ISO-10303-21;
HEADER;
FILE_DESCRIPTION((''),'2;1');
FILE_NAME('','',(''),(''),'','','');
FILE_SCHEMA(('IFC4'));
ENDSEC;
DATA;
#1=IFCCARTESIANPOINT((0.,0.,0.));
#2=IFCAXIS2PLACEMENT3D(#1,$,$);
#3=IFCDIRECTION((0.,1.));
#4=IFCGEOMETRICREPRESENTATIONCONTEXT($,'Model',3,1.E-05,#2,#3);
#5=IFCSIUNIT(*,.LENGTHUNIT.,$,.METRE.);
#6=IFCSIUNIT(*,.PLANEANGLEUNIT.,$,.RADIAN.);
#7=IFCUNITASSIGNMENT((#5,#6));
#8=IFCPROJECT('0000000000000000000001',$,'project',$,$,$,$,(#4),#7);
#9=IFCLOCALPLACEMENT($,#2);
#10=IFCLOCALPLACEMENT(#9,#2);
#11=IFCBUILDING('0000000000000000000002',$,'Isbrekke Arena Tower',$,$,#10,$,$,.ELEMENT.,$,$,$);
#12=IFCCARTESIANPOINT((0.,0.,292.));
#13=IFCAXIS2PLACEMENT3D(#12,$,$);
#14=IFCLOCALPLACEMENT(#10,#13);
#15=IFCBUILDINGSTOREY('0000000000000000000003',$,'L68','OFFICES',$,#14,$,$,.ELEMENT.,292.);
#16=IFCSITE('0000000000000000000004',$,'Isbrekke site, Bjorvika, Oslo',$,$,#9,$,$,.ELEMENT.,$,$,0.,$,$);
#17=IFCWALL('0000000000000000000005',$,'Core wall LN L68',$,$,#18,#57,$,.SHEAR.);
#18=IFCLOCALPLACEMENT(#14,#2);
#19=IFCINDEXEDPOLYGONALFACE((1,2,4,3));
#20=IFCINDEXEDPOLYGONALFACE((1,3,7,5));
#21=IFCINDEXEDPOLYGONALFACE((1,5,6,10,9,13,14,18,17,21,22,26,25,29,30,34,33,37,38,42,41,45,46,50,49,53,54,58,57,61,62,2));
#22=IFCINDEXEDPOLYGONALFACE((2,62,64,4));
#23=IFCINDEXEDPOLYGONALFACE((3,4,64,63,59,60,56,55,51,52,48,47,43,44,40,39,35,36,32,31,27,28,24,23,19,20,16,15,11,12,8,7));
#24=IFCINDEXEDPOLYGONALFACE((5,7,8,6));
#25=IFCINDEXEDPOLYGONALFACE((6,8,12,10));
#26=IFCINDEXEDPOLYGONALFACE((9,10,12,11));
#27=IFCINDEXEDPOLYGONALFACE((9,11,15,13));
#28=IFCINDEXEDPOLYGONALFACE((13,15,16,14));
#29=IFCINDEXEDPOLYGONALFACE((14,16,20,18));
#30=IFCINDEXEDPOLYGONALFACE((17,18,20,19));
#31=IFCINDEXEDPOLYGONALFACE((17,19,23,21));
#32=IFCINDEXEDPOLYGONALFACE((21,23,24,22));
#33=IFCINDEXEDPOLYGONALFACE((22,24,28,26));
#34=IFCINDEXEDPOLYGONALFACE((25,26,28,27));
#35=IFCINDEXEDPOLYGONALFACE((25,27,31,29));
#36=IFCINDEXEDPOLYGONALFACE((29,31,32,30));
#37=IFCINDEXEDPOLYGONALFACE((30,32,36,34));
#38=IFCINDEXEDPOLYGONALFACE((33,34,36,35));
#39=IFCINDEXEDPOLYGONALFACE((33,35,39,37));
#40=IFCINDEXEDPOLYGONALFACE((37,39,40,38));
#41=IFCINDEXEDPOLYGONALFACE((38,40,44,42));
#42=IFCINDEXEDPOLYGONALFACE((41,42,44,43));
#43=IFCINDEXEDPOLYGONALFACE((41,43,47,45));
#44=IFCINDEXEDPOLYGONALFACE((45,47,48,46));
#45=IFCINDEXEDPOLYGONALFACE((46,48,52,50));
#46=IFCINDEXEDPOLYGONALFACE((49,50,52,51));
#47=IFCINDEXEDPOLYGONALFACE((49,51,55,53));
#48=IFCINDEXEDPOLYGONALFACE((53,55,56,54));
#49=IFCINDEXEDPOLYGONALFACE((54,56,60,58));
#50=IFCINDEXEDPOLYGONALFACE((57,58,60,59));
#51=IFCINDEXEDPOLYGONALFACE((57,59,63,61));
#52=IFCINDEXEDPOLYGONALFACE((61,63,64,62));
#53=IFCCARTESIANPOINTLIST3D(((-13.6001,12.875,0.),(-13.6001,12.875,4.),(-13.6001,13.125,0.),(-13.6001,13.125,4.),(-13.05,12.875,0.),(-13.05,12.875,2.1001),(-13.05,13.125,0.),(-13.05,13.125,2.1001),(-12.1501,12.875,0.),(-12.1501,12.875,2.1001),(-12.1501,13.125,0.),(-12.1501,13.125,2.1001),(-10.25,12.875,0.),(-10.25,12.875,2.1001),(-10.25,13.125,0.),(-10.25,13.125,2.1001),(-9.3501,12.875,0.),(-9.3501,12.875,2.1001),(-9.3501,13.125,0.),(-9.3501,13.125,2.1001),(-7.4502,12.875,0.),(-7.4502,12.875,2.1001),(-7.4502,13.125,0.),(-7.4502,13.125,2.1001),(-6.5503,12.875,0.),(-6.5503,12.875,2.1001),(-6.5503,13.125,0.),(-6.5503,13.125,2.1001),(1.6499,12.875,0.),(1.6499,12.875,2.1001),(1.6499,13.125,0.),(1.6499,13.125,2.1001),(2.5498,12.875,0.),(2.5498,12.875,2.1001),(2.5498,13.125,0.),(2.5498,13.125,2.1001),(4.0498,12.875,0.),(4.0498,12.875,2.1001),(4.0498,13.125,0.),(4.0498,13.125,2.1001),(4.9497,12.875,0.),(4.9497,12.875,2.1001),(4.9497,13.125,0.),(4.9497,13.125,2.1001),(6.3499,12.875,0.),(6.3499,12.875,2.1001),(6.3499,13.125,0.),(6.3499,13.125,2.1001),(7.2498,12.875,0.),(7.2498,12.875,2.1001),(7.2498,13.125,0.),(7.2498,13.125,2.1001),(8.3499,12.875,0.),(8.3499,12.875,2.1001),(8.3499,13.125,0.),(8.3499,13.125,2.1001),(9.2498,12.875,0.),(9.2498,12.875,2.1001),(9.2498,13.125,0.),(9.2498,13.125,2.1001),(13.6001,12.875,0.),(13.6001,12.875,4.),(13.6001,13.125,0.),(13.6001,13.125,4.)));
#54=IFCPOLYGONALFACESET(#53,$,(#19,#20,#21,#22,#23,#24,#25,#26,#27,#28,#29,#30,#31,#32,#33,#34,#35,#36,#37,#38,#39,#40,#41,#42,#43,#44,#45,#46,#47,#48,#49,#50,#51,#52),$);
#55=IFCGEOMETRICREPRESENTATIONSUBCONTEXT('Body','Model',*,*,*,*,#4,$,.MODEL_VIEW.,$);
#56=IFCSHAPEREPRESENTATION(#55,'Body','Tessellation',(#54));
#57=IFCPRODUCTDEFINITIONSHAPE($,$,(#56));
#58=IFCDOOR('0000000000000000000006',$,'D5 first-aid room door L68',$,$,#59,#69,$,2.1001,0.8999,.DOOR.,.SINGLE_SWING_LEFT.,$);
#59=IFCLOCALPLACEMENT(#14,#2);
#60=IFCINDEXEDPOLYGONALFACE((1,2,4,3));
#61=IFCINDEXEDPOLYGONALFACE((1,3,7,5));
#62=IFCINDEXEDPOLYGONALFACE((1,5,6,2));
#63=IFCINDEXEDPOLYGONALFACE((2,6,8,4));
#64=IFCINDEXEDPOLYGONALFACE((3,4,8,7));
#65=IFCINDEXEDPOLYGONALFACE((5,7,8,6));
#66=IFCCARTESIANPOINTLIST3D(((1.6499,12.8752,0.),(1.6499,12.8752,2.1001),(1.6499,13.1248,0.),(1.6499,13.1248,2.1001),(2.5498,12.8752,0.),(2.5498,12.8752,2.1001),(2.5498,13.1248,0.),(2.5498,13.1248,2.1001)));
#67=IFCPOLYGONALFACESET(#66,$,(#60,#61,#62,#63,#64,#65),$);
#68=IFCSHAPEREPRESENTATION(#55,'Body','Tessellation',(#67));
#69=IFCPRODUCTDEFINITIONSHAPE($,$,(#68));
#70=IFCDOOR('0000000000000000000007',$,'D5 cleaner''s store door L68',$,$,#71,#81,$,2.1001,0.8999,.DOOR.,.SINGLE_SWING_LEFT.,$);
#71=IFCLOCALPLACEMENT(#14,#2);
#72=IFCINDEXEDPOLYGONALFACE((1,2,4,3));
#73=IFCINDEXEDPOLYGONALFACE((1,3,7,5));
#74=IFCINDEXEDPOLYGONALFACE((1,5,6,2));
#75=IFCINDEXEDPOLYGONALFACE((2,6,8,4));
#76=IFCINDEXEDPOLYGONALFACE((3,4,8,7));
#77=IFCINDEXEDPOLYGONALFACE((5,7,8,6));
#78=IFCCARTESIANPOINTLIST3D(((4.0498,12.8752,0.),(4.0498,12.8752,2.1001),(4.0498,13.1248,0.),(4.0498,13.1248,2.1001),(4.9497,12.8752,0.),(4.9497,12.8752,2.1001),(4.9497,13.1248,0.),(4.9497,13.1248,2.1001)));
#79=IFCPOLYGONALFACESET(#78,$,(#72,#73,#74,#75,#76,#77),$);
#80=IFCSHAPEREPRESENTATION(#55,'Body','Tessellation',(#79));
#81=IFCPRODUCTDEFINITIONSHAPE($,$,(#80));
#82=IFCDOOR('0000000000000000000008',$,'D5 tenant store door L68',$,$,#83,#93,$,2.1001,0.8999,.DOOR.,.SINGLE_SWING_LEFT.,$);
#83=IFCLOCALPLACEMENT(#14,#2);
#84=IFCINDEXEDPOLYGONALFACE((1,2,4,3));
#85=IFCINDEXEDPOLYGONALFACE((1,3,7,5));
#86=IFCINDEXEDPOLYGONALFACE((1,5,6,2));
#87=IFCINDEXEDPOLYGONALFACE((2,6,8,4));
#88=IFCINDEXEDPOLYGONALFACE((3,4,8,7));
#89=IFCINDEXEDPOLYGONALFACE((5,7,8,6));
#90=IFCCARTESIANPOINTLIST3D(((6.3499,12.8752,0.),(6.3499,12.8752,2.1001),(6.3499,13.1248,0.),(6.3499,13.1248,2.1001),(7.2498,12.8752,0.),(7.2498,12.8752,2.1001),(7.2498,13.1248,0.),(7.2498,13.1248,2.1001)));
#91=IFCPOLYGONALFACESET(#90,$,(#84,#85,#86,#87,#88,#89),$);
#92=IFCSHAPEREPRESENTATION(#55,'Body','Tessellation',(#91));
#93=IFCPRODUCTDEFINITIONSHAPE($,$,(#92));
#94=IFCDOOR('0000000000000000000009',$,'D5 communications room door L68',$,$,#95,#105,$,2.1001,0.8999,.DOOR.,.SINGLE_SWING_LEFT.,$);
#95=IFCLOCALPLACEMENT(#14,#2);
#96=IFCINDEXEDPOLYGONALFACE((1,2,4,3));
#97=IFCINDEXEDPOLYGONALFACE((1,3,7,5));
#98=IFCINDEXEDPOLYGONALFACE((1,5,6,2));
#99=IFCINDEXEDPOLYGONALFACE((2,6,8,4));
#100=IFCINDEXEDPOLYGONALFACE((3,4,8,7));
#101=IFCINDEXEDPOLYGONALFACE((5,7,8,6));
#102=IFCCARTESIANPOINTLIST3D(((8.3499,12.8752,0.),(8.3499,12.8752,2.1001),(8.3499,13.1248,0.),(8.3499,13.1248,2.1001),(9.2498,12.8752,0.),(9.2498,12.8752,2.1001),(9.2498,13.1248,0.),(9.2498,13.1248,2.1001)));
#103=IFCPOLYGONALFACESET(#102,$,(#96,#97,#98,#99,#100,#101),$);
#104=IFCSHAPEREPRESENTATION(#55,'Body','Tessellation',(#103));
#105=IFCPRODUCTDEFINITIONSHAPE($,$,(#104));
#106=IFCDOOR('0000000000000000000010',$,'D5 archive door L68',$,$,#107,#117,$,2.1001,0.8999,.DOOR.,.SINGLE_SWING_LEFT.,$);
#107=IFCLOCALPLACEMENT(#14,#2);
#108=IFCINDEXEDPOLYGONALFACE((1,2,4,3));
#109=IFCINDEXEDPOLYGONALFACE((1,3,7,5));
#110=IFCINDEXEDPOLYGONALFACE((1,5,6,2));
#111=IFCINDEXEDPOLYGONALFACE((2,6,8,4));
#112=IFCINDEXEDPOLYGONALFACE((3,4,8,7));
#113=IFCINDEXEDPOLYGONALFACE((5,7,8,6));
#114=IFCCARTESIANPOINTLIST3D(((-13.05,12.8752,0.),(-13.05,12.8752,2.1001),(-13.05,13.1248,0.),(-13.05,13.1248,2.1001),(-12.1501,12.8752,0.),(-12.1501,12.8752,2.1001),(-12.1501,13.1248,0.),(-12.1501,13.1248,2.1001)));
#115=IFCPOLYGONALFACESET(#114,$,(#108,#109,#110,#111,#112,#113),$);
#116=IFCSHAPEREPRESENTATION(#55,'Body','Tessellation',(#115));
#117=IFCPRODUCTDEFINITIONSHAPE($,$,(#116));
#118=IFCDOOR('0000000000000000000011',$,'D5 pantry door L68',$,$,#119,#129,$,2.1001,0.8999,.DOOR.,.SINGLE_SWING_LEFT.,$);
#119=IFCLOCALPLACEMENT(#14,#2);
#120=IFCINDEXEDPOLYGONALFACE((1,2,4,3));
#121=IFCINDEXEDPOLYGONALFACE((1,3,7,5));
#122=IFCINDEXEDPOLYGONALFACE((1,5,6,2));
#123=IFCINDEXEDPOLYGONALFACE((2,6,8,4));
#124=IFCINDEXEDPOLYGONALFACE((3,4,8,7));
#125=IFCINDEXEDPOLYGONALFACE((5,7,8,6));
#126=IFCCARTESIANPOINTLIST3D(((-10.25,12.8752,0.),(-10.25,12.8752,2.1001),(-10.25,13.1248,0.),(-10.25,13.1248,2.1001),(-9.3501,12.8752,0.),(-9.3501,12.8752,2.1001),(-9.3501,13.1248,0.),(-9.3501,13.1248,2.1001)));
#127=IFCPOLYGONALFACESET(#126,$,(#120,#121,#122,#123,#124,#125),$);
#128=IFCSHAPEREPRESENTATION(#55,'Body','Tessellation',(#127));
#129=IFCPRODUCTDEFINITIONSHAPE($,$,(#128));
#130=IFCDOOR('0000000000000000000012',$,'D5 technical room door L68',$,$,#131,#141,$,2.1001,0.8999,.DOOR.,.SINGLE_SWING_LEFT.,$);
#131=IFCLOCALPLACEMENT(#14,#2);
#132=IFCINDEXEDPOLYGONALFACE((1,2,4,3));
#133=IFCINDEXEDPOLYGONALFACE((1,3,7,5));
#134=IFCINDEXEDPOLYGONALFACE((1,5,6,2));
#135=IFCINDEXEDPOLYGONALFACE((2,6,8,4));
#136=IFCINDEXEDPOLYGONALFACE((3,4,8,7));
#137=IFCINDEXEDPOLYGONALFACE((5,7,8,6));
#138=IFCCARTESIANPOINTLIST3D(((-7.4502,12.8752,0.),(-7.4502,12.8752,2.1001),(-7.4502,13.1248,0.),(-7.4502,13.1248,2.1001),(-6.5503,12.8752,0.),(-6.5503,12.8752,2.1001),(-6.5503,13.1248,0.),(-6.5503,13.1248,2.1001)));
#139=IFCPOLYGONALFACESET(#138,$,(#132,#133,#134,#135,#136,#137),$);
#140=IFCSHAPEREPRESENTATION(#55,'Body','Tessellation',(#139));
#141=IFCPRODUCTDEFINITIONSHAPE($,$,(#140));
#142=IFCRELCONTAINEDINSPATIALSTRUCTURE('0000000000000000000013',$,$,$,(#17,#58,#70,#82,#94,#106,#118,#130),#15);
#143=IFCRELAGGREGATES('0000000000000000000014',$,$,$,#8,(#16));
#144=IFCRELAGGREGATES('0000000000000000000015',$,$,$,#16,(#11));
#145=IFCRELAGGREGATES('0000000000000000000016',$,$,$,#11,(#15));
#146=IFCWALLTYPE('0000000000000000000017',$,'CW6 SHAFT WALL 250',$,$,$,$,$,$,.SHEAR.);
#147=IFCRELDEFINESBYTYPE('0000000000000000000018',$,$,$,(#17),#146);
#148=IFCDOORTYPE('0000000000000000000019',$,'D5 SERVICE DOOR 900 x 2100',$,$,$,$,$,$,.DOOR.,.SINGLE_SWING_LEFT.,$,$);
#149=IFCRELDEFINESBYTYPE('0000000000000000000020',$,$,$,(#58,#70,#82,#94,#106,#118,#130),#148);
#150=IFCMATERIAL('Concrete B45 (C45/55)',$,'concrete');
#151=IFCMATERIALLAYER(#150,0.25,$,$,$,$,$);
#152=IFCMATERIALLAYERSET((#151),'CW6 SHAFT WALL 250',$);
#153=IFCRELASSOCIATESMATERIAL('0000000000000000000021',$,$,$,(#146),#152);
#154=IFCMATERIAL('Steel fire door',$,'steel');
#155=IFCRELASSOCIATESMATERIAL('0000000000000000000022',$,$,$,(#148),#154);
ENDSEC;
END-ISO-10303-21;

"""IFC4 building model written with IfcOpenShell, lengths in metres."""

from ifc_helpers import new_model, si_unit, direction, frame, frame_2d, origin, place, context, subcontext, project, spatial, rectangle, extrude, material, layer, layer_set, type_object, element, fill, save


model = new_model("IFC4")

# Units and contexts
model_context = context("Model", 3, precision=1e-05, world=origin(), true_north=direction((0.0, 1.0)))
body_context = subcontext(model_context, "Body", "Model", "MODEL_VIEW")
ifc_project = project(units=[si_unit("LENGTHUNIT", "METRE"), si_unit("PLANEANGLEUNIT", "RADIAN")], contexts=[model_context])

# Site, building, storey
site_placement = place(None, origin())
site = spatial("IfcSite", under=ifc_project, at=site_placement, Name="Isbrekke site, Bjorvika, Oslo", CompositionType="ELEMENT", RefElevation=0.0)
building_placement = place(site_placement, origin())
building = spatial("IfcBuilding", under=site, at=building_placement, Name="Isbrekke Arena Tower", CompositionType="ELEMENT")
storey_placement = place(building_placement, frame((0.0, 0.0, 292.0)))
storey = spatial("IfcBuildingStorey", under=building, at=storey_placement, Name="L68", Description="OFFICES", CompositionType="ELEMENT", Elevation=292.0)

# Wall, openings, doors
ifc_material_1 = material(Name="Concrete B45 (C45/55)", Category="concrete")
ifc_layer_1 = layer(ifc_material_1, 0.25)
ifc_layer_set_1 = layer_set([ifc_layer_1], Name="CW6 SHAFT WALL 250")
wall_type_1 = type_object("IfcWallType", Name="CW6 SHAFT WALL 250", PredefinedType="SHEAR", material=ifc_layer_set_1)
ifc_material_2 = material(Name="Steel fire door", Category="steel")
door_type_1 = type_object("IfcDoorType", Name="D5 SERVICE DOOR 900 x 2100", OperationType="SINGLE_SWING_LEFT", PredefinedType="DOOR", material=ifc_material_2)
wall_1_placement = place(storey_placement, frame((-13.6001, 13.0, 0.0), z_axis=(0.0, 0.0, 1.0), x_axis=(1.0, 0.0, 0.0)))
wall_1 = element("IfcWall", 1, at=wall_1_placement, inside=storey, type_object=wall_type_1, Name="Core wall LN L68", PredefinedType="SHEAR", context=body_context, shape_type="SweptSolid", body=[
    extrude(rectangle(XDim=27.2002, YDim=0.25, at=frame_2d((13.6001, 0.0))), origin(), (0.0, 0.0, 1.0), 4.0),
])
opening_1_placement = place(wall_1_placement, frame((15.25, 0.0, 0.0)))
opening_1 = element("IfcOpeningElement", 2, at=opening_1_placement, cuts=wall_1, PredefinedType="OPENING", context=body_context, shape_type="SweptSolid", body=[
    extrude(rectangle(XDim=0.8999, YDim=2.1001, at=frame_2d((0.45, 1.05))), frame((0.0, 0.1399, 0.0), z_axis=(0.0, -1.0, 0.0), x_axis=(1.0, 0.0, 0.0)), (0.0, 0.0, 1.0), 0.2798),
])
opening_2_placement = place(wall_1_placement, frame((17.6499, 0.0, 0.0)))
opening_2 = element("IfcOpeningElement", 3, at=opening_2_placement, cuts=wall_1, PredefinedType="OPENING", context=body_context, shape_type="SweptSolid", body=[
    extrude(rectangle(XDim=0.8999, YDim=2.1001, at=frame_2d((0.45, 1.05))), frame((0.0, 0.1399, 0.0), z_axis=(0.0, -1.0, 0.0), x_axis=(1.0, 0.0, 0.0)), (0.0, 0.0, 1.0), 0.2798),
])
opening_3_placement = place(wall_1_placement, frame((19.95, 0.0, 0.0)))
opening_3 = element("IfcOpeningElement", 4, at=opening_3_placement, cuts=wall_1, PredefinedType="OPENING", context=body_context, shape_type="SweptSolid", body=[
    extrude(rectangle(XDim=0.8999, YDim=2.1001, at=frame_2d((0.45, 1.05))), frame((0.0, 0.1399, 0.0), z_axis=(0.0, -1.0, 0.0), x_axis=(1.0, 0.0, 0.0)), (0.0, 0.0, 1.0), 0.2798),
])
opening_4_placement = place(wall_1_placement, frame((21.95, 0.0, 0.0)))
opening_4 = element("IfcOpeningElement", 5, at=opening_4_placement, cuts=wall_1, PredefinedType="OPENING", context=body_context, shape_type="SweptSolid", body=[
    extrude(rectangle(XDim=0.8999, YDim=2.1001, at=frame_2d((0.45, 1.05))), frame((0.0, 0.1399, 0.0), z_axis=(0.0, -1.0, 0.0), x_axis=(1.0, 0.0, 0.0)), (0.0, 0.0, 1.0), 0.2798),
])
opening_5_placement = place(wall_1_placement, frame((0.55, 0.0, 0.0)))
opening_5 = element("IfcOpeningElement", 6, at=opening_5_placement, cuts=wall_1, PredefinedType="OPENING", context=body_context, shape_type="SweptSolid", body=[
    extrude(rectangle(XDim=0.8999, YDim=2.1001, at=frame_2d((0.45, 1.05))), frame((0.0, 0.1399, 0.0), z_axis=(0.0, -1.0, 0.0), x_axis=(1.0, 0.0, 0.0)), (0.0, 0.0, 1.0), 0.2798),
])
opening_6_placement = place(wall_1_placement, frame((3.3501, 0.0, 0.0)))
opening_6 = element("IfcOpeningElement", 7, at=opening_6_placement, cuts=wall_1, PredefinedType="OPENING", context=body_context, shape_type="SweptSolid", body=[
    extrude(rectangle(XDim=0.8999, YDim=2.1001, at=frame_2d((0.45, 1.05))), frame((0.0, 0.1399, 0.0), z_axis=(0.0, -1.0, 0.0), x_axis=(1.0, 0.0, 0.0)), (0.0, 0.0, 1.0), 0.2798),
])
opening_7_placement = place(wall_1_placement, frame((6.1499, 0.0, 0.0)))
opening_7 = element("IfcOpeningElement", 8, at=opening_7_placement, cuts=wall_1, PredefinedType="OPENING", context=body_context, shape_type="SweptSolid", body=[
    extrude(rectangle(XDim=0.8999, YDim=2.1001, at=frame_2d((0.45, 1.05))), frame((0.0, 0.1399, 0.0), z_axis=(0.0, -1.0, 0.0), x_axis=(1.0, 0.0, 0.0)), (0.0, 0.0, 1.0), 0.2798),
])
door_1_placement = place(opening_1_placement, origin())
door_1 = element("IfcDoor", 9, at=door_1_placement, inside=storey, type_object=door_type_1, Name="D5 first-aid room door L68", OperationType="SINGLE_SWING_LEFT", OverallHeight=2.1001, OverallWidth=0.8999, PredefinedType="DOOR", context=body_context, shape_type="SweptSolid", body=[
    extrude(rectangle(XDim=0.8999, YDim=2.1001, at=frame_2d((0.45, 1.05))), frame((0.0, 0.1248, 0.0), z_axis=(0.0, -1.0, 0.0), x_axis=(1.0, 0.0, 0.0)), (0.0, 0.0, 1.0), 0.2495),
])
fill(opening_1, door_1)
door_2_placement = place(opening_2_placement, origin())
door_2 = element("IfcDoor", 10, at=door_2_placement, inside=storey, type_object=door_type_1, Name="D5 cleaner's store door L68", OperationType="SINGLE_SWING_LEFT", OverallHeight=2.1001, OverallWidth=0.8999, PredefinedType="DOOR", context=body_context, shape_type="SweptSolid", body=[
    extrude(rectangle(XDim=0.8999, YDim=2.1001, at=frame_2d((0.45, 1.05))), frame((0.0, 0.1248, 0.0), z_axis=(0.0, -1.0, 0.0), x_axis=(1.0, 0.0, 0.0)), (0.0, 0.0, 1.0), 0.2495),
])
fill(opening_2, door_2)
door_3_placement = place(opening_3_placement, origin())
door_3 = element("IfcDoor", 11, at=door_3_placement, inside=storey, type_object=door_type_1, Name="D5 tenant store door L68", OperationType="SINGLE_SWING_LEFT", OverallHeight=2.1001, OverallWidth=0.8999, PredefinedType="DOOR", context=body_context, shape_type="SweptSolid", body=[
    extrude(rectangle(XDim=0.8999, YDim=2.1001, at=frame_2d((0.45, 1.05))), frame((0.0, 0.1248, 0.0), z_axis=(0.0, -1.0, 0.0), x_axis=(1.0, 0.0, 0.0)), (0.0, 0.0, 1.0), 0.2495),
])
fill(opening_3, door_3)
door_4_placement = place(opening_4_placement, origin())
door_4 = element("IfcDoor", 12, at=door_4_placement, inside=storey, type_object=door_type_1, Name="D5 communications room door L68", OperationType="SINGLE_SWING_LEFT", OverallHeight=2.1001, OverallWidth=0.8999, PredefinedType="DOOR", context=body_context, shape_type="SweptSolid", body=[
    extrude(rectangle(XDim=0.8999, YDim=2.1001, at=frame_2d((0.45, 1.05))), frame((0.0, 0.1248, 0.0), z_axis=(0.0, -1.0, 0.0), x_axis=(1.0, 0.0, 0.0)), (0.0, 0.0, 1.0), 0.2495),
])
fill(opening_4, door_4)
door_5_placement = place(opening_5_placement, origin())
door_5 = element("IfcDoor", 13, at=door_5_placement, inside=storey, type_object=door_type_1, Name="D5 archive door L68", OperationType="SINGLE_SWING_LEFT", OverallHeight=2.1001, OverallWidth=0.8999, PredefinedType="DOOR", context=body_context, shape_type="SweptSolid", body=[
    extrude(rectangle(XDim=0.8999, YDim=2.1001, at=frame_2d((0.45, 1.05))), frame((0.0, 0.1248, 0.0), z_axis=(0.0, -1.0, 0.0), x_axis=(1.0, 0.0, 0.0)), (0.0, 0.0, 1.0), 0.2495),
])
fill(opening_5, door_5)
door_6_placement = place(opening_6_placement, origin())
door_6 = element("IfcDoor", 14, at=door_6_placement, inside=storey, type_object=door_type_1, Name="D5 pantry door L68", OperationType="SINGLE_SWING_LEFT", OverallHeight=2.1001, OverallWidth=0.8999, PredefinedType="DOOR", context=body_context, shape_type="SweptSolid", body=[
    extrude(rectangle(XDim=0.8999, YDim=2.1001, at=frame_2d((0.45, 1.05))), frame((0.0, 0.1248, 0.0), z_axis=(0.0, -1.0, 0.0), x_axis=(1.0, 0.0, 0.0)), (0.0, 0.0, 1.0), 0.2495),
])
fill(opening_6, door_6)
door_7_placement = place(opening_7_placement, origin())
door_7 = element("IfcDoor", 15, at=door_7_placement, inside=storey, type_object=door_type_1, Name="D5 technical room door L68", OperationType="SINGLE_SWING_LEFT", OverallHeight=2.1001, OverallWidth=0.8999, PredefinedType="DOOR", context=body_context, shape_type="SweptSolid", body=[
    extrude(rectangle(XDim=0.8999, YDim=2.1001, at=frame_2d((0.45, 1.05))), frame((0.0, 0.1248, 0.0), z_axis=(0.0, -1.0, 0.0), x_axis=(1.0, 0.0, 0.0)), (0.0, 0.0, 1.0), 0.2495),
])
fill(opening_7, door_7)

save(model, "model.ifc")
